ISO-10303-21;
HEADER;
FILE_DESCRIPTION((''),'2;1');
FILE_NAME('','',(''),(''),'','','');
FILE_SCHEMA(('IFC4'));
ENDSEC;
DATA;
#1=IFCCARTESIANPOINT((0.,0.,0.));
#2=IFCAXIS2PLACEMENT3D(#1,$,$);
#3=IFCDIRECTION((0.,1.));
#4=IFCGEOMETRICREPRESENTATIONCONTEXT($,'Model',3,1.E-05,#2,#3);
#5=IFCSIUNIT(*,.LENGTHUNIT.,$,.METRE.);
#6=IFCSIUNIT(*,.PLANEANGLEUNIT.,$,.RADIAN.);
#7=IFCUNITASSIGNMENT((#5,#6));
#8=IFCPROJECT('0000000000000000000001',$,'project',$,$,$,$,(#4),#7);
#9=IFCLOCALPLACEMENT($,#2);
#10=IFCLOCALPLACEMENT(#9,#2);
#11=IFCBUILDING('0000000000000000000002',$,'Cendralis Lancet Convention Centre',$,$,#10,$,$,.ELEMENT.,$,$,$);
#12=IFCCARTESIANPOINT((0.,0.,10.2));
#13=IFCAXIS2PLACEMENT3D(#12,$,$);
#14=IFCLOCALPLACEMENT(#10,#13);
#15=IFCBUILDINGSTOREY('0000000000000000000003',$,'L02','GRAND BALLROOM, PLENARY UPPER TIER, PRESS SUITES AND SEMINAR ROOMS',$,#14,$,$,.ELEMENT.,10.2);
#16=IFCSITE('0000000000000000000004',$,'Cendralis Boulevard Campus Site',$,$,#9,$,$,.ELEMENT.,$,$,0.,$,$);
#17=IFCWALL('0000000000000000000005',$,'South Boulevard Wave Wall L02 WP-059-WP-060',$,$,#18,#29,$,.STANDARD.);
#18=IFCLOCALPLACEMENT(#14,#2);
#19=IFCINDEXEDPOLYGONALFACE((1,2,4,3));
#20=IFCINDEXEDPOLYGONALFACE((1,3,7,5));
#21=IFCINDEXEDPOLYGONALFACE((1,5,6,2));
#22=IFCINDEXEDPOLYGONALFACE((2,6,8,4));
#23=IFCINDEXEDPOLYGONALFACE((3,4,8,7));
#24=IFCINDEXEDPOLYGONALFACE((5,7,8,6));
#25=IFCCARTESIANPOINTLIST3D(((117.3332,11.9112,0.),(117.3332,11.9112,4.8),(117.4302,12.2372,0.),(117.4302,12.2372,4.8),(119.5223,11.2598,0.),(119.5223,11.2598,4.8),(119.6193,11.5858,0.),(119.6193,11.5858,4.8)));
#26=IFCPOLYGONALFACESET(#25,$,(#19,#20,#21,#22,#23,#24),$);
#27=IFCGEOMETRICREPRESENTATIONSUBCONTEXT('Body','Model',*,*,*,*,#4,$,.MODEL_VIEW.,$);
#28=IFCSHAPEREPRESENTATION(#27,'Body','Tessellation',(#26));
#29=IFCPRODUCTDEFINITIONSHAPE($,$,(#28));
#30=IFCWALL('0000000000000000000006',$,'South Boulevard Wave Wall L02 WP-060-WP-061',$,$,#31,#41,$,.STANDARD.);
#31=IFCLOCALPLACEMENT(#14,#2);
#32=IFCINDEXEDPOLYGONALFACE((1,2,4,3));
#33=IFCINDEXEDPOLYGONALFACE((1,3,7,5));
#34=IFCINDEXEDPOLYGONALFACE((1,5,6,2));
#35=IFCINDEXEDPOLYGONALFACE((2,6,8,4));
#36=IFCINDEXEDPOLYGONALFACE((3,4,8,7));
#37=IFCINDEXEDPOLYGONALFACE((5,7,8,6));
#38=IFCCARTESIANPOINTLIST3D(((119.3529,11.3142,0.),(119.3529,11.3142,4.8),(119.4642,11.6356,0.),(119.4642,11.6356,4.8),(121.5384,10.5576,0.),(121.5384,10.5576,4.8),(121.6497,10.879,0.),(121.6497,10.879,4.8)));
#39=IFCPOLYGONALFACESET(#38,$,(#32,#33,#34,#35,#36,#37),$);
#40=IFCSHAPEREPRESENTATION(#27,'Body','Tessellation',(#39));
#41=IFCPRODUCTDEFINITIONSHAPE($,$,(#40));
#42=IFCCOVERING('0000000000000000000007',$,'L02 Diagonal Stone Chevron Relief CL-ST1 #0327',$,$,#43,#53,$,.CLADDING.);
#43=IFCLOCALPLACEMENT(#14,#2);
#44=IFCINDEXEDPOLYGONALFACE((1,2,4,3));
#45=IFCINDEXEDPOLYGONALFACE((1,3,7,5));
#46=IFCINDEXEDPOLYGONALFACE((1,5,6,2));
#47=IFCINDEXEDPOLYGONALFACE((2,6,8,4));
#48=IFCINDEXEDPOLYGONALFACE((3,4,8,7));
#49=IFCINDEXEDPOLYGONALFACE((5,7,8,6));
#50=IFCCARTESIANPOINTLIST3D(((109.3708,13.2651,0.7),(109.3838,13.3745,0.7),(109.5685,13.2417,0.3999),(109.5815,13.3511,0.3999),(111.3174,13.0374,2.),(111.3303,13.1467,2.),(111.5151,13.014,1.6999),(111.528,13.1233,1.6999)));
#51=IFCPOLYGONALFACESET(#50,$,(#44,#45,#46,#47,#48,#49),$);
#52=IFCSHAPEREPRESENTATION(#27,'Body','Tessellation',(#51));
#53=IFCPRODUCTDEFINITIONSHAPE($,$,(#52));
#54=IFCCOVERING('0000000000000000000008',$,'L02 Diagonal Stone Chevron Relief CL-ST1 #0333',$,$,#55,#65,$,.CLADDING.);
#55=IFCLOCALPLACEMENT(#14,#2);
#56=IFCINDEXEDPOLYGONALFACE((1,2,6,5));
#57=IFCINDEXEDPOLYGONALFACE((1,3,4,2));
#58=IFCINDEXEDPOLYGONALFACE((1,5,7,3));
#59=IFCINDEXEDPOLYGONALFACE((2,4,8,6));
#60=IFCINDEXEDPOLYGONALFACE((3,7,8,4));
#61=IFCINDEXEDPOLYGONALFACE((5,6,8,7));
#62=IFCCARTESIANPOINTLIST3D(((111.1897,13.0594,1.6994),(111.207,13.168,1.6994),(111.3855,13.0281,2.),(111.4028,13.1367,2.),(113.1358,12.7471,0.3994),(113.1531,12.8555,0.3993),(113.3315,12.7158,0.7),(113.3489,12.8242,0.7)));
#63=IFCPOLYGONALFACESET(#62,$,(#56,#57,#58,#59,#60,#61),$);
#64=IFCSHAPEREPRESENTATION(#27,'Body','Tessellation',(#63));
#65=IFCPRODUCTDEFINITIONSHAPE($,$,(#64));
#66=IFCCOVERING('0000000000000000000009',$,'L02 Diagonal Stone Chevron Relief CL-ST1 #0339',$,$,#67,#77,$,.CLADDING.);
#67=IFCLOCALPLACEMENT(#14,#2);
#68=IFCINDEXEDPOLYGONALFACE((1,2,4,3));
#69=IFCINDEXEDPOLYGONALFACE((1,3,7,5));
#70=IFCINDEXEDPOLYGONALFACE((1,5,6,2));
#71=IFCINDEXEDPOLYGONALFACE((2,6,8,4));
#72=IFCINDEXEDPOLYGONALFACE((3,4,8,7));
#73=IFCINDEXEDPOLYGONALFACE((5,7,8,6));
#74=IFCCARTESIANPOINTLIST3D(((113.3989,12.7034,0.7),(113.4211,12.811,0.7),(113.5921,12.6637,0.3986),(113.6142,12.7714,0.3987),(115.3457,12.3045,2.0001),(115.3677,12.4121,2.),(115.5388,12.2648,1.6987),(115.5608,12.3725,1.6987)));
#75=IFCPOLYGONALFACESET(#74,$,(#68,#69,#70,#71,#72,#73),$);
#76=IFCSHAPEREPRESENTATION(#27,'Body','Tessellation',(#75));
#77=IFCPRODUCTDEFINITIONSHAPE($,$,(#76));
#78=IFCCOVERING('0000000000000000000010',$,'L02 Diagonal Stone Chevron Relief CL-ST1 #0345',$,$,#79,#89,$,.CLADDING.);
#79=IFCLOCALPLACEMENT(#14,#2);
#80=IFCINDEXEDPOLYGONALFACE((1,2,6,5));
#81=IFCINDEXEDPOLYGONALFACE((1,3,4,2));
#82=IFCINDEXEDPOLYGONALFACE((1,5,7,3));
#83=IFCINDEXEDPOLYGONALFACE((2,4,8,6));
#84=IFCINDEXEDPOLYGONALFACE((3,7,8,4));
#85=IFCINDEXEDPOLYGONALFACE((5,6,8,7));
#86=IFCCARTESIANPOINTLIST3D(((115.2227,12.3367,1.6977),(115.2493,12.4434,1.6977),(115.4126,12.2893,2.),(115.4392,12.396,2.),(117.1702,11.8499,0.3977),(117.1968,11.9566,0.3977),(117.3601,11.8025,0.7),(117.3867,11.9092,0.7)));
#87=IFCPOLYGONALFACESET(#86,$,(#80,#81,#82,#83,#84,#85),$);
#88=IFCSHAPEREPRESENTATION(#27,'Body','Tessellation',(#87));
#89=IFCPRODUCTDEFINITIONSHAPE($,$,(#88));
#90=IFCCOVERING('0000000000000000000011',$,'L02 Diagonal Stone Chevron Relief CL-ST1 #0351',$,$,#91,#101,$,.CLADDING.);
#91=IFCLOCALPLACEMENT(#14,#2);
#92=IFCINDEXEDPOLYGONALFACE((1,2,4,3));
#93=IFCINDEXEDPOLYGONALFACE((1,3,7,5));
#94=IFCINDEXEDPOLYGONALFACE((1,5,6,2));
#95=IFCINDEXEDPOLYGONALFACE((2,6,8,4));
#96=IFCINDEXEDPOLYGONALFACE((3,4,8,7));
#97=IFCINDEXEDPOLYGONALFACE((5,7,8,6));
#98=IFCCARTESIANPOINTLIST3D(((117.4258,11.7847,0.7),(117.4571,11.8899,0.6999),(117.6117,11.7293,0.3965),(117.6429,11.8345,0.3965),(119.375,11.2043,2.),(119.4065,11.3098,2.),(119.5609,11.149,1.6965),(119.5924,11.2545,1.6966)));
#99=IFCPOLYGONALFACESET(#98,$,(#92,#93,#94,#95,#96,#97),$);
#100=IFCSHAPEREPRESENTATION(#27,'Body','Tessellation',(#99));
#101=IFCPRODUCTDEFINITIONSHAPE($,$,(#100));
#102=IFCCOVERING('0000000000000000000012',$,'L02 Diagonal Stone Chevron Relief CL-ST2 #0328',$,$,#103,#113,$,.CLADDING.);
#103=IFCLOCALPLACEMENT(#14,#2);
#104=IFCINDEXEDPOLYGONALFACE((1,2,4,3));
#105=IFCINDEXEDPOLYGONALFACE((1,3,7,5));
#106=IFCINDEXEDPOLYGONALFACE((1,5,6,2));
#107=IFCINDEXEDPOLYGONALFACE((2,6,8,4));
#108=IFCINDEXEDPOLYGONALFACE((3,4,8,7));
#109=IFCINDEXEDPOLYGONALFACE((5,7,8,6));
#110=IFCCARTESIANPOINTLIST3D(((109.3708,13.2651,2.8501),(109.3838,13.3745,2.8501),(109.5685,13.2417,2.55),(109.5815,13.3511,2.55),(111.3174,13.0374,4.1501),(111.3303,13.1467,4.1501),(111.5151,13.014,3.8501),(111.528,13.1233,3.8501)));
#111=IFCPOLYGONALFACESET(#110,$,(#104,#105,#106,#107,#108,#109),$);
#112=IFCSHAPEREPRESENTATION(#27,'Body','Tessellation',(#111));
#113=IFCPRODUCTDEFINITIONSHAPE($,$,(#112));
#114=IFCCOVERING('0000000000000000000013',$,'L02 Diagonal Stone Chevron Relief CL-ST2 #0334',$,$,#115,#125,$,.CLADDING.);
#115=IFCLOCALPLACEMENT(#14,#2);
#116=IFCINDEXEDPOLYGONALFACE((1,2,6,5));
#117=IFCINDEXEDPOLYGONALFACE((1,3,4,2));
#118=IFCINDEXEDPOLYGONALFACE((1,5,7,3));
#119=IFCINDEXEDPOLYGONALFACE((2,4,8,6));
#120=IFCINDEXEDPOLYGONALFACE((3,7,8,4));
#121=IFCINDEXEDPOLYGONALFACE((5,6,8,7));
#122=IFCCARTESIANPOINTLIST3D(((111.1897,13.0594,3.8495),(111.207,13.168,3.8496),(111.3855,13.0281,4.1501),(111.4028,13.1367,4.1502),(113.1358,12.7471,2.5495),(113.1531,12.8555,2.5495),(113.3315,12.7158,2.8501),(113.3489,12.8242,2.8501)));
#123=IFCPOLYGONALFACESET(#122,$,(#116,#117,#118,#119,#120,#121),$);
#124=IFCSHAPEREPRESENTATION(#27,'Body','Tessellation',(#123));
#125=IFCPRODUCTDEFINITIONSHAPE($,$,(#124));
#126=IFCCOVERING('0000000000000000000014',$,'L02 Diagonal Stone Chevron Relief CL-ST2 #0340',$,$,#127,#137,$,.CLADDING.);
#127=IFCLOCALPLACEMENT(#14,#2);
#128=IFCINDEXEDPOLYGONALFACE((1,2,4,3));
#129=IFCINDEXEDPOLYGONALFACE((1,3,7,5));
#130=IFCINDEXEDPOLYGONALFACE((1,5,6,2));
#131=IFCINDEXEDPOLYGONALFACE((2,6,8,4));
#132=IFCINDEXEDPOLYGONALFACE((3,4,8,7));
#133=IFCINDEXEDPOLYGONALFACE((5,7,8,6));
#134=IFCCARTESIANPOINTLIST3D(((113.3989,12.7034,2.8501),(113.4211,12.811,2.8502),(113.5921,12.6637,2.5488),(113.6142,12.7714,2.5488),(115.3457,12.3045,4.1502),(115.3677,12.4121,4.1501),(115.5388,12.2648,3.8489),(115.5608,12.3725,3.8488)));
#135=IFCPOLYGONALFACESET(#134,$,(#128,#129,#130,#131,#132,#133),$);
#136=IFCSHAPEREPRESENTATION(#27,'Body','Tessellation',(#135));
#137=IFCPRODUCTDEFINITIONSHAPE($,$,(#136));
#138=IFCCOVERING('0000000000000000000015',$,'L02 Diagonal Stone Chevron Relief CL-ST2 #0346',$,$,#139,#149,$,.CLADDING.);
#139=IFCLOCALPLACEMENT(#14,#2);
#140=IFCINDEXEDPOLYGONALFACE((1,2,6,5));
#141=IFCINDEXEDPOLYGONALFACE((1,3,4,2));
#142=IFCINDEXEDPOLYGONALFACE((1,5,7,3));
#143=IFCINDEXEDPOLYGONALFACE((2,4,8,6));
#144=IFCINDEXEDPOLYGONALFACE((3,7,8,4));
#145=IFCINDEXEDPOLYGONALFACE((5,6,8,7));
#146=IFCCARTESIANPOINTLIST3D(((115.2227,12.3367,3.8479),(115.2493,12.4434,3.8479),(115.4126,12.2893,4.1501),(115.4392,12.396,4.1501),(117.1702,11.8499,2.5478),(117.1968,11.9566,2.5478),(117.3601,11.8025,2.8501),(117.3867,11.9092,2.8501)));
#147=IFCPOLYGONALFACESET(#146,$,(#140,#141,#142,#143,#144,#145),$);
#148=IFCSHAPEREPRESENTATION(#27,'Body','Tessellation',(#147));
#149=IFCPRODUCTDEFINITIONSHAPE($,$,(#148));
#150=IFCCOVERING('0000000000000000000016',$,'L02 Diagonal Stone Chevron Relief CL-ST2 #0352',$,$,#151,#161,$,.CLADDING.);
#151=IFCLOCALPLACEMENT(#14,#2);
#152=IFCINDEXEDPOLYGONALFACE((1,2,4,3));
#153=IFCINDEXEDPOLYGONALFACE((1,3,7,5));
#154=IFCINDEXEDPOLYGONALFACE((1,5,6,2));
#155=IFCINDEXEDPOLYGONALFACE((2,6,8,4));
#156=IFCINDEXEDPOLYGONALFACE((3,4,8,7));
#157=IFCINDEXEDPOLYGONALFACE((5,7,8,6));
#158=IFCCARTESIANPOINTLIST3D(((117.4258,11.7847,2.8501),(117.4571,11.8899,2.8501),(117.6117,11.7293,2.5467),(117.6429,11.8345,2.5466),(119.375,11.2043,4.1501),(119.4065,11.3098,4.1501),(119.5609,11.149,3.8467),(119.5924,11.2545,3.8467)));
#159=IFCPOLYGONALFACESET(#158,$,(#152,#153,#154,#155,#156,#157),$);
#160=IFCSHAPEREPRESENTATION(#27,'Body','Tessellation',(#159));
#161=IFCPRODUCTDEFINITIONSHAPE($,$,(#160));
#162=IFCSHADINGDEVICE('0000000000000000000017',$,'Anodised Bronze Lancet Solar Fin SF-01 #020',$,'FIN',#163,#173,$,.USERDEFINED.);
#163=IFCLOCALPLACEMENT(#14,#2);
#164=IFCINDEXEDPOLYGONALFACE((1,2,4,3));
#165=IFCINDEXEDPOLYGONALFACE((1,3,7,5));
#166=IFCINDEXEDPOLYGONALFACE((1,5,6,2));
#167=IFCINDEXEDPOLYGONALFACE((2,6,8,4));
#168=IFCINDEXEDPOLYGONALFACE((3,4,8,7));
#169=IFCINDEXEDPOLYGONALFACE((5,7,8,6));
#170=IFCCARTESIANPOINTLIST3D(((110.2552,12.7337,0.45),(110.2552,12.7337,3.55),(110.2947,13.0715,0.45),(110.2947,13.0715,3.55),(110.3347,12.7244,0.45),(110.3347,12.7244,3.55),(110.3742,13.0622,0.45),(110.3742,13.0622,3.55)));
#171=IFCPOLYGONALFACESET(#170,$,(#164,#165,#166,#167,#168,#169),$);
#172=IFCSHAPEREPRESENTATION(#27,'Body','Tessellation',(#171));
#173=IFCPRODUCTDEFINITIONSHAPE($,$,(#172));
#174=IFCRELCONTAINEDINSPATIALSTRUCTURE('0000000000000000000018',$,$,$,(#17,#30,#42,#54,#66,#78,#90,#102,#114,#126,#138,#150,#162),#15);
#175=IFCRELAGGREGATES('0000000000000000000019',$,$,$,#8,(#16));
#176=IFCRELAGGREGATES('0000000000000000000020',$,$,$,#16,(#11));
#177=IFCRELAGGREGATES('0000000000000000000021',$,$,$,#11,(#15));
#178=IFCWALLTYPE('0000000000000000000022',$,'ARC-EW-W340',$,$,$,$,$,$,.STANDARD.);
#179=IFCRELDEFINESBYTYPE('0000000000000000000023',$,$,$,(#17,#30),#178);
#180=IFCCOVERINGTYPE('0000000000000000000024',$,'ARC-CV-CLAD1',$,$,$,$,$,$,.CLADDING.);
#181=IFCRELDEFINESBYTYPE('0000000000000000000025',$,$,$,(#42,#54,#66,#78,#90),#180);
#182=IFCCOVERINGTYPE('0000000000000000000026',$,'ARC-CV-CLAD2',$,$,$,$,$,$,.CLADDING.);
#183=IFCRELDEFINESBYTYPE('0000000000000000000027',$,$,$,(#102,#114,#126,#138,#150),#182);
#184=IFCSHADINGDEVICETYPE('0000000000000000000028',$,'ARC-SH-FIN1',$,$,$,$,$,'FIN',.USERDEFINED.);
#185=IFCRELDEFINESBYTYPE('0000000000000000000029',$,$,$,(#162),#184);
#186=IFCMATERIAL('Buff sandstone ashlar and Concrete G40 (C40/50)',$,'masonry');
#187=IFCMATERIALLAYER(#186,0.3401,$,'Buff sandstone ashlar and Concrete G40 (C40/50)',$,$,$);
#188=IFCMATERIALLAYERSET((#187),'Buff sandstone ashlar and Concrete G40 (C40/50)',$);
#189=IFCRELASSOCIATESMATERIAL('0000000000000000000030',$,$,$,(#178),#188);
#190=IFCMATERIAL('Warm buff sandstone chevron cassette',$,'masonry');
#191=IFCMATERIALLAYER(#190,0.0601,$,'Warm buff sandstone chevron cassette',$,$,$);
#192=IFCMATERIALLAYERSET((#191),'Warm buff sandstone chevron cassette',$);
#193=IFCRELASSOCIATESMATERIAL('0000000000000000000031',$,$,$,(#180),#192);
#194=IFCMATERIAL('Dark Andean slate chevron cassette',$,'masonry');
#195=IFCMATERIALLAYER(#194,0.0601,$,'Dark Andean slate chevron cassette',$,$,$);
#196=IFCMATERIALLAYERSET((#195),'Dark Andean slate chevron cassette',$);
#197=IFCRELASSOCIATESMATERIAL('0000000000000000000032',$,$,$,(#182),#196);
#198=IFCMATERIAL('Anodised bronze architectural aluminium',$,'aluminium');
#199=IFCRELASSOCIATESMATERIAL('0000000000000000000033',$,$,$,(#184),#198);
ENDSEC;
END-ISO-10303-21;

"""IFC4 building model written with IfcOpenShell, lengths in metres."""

from ifc_helpers import new_model, si_unit, direction, frame, frame_2d, origin, origin_2d, place, context, subcontext, project, spatial, polyline, rectangle, outline, extrude, material, layer, layer_set, type_object, element, save


model = new_model("IFC4")

# Units and contexts
model_context = context("Model", 3, precision=1e-05, world=origin(), true_north=direction((0.0, 1.0)))
body_context = subcontext(model_context, "Body", "Model", "MODEL_VIEW")
ifc_project = project(units=[si_unit("LENGTHUNIT", "METRE"), si_unit("PLANEANGLEUNIT", "RADIAN")], contexts=[model_context])

# Site, building, storey
site_placement = place(None, origin())
site = spatial("IfcSite", under=ifc_project, at=site_placement, Name="Cendralis Boulevard Campus Site", CompositionType="ELEMENT", RefElevation=0.0)
building_placement = place(site_placement, origin())
building = spatial("IfcBuilding", under=site, at=building_placement, Name="Cendralis Lancet Convention Centre", CompositionType="ELEMENT")
storey_placement = place(building_placement, frame((0.0, 0.0, 10.2)))
storey = spatial("IfcBuildingStorey", under=building, at=storey_placement, Name="L02", Description="GRAND BALLROOM, PLENARY UPPER TIER, PRESS SUITES AND SEMINAR ROOMS", CompositionType="ELEMENT", Elevation=10.2)

# Shared definitions
ifc_material_1 = material(Name="Warm buff sandstone chevron cassette", Category="masonry")
ifc_material_2 = material(Name="Dark Andean slate chevron cassette", Category="masonry")

# Walls
ifc_material_3 = material(Name="Buff sandstone ashlar and Concrete G40 (C40/50)", Category="masonry")
ifc_layer_1 = layer(ifc_material_3, 0.3401, Name="Buff sandstone ashlar and Concrete G40 (C40/50)")
ifc_layer_set_1 = layer_set([ifc_layer_1], Name="Buff sandstone ashlar and Concrete G40 (C40/50)")
wall_type = type_object("IfcWallType", Name="ARC-EW-W340", PredefinedType="STANDARD", material=ifc_layer_set_1)
wall_1_placement = place(storey_placement, frame((117.3816, 12.0742, 0.0), z_axis=(0.0, 0.0, 1.0), x_axis=(0.958465, -0.285209, 0.0)))
element("IfcWall", 1, at=wall_1_placement, inside=storey, type_object=wall_type, Name="South Boulevard Wave Wall L02 WP-059-WP-060", PredefinedType="STANDARD", context=body_context, shape_type="SweptSolid", body=[
    extrude(rectangle(XDim=2.2839, YDim=0.3401, at=frame_2d((1.1421, 0.0))), origin(), (0.0, 0.0, 1.0), 4.8),
])
wall_2_placement = place(storey_placement, frame((119.4087, 11.4749, 0.0), z_axis=(0.0, 0.0, 1.0), x_axis=(0.944979, -0.327132, 0.0)))
element("IfcWall", 2, at=wall_2_placement, inside=storey, type_object=wall_type, Name="South Boulevard Wave Wall L02 WP-060-WP-061", PredefinedType="STANDARD", context=body_context, shape_type="SweptSolid", body=[
    extrude(rectangle(XDim=2.3127, YDim=0.3401, at=frame_2d((1.1562, 0.0))), origin(), (0.0, 0.0, 1.0), 4.8),
])

# Coverings
ifc_layer_2 = layer(ifc_material_1, 0.0601, Name="Warm buff sandstone chevron cassette")
ifc_layer_set_2 = layer_set([ifc_layer_2], Name="Warm buff sandstone chevron cassette")
covering_type_1 = type_object("IfcCoveringType", Name="ARC-CV-CLAD1", PredefinedType="CLADDING", material=ifc_layer_set_2)
covering_1_placement = place(storey_placement, frame((109.3708, 13.2651, 0.7), z_axis=(-0.548959, 0.064944, 0.833322), x_axis=(0.827675, -0.096854, 0.552787)))
element("IfcCovering", 3, at=covering_1_placement, inside=storey, type_object=covering_type_1, Name="L02 Diagonal Stone Chevron Relief CL-ST1 #0327", PredefinedType="CLADDING", context=body_context, shape_type="SweptSolid", body=[
    extrude(outline(polyline([(0.0, 0.0), (2.3518, 0.0), (2.3519, 0.1101), (0.0001, 0.1101), (0.0, 0.0)])), origin(), (0.0, 0.0, -1.0), 0.3601),
])
covering_2_placement = place(storey_placement, frame((111.3855, 13.0281, 2.0), z_axis=(0.543719, -0.086848, 0.834762), x_axis=(0.824219, -0.132251, -0.550611)))
element("IfcCovering", 4, at=covering_2_placement, inside=storey, type_object=covering_type_1, Name="L02 Diagonal Stone Chevron Relief CL-ST1 #0333", PredefinedType="CLADDING", context=body_context, shape_type="SweptSolid", body=[
    extrude(outline(polyline([(0.0, 0.0), (2.3611, 0.0), (2.361, 0.1098), (-0.0001, 0.11), (0.0, 0.0)])), origin(), (0.0, 0.0, -1.0), 0.3601),
])
covering_3_placement = place(storey_placement, frame((113.3989, 12.7034, 0.7), z_axis=(-0.536304, 0.110058, 0.836818), x_axis=(0.819784, -0.167987, 0.547481)))
element("IfcCovering", 5, at=covering_3_placement, inside=storey, type_object=covering_type_1, Name="L02 Diagonal Stone Chevron Relief CL-ST1 #0339", PredefinedType="CLADDING", context=body_context, shape_type="SweptSolid", body=[
    extrude(outline(polyline([(0.0, 0.0), (2.3747, 0.0), (2.3746, 0.1099), (0.0001, 0.1099), (0.0, 0.0)])), origin(), (0.0, 0.0, -1.0), 0.3601),
])
covering_4_placement = place(storey_placement, frame((115.4126, 12.2893, 2.0), z_axis=(0.527423, -0.131554, 0.839356), x_axis=(0.814301, -0.20355, -0.543582)))
element("IfcCovering", 6, at=covering_4_placement, inside=storey, type_object=covering_type_1, Name="L02 Diagonal Stone Chevron Relief CL-ST1 #0345", PredefinedType="CLADDING", context=body_context, shape_type="SweptSolid", body=[
    extrude(outline(polyline([(0.0, 0.0), (2.3916, 0.0), (2.3916, 0.11), (0.0, 0.11), (0.0, 0.0)])), origin(), (0.0, 0.0, -1.0), 0.3601),
])
covering_5_placement = place(storey_placement, frame((117.4258, 11.7847, 0.7), z_axis=(-0.516176, 0.153716, 0.842576), x_axis=(0.807546, -0.240423, 0.538578)))
element("IfcCovering", 7, at=covering_5_placement, inside=storey, type_object=covering_type_1, Name="L02 Diagonal Stone Chevron Relief CL-ST1 #0351", PredefinedType="CLADDING", context=body_context, shape_type="SweptSolid", body=[
    extrude(outline(polyline([(0.0, 0.0), (2.4138, 0.0), (2.4139, 0.1101), (-0.0001, 0.1098), (0.0, 0.0)])), origin(), (0.0, 0.0, -1.0), 0.3601),
])
ifc_layer_3 = layer(ifc_material_2, 0.0601, Name="Dark Andean slate chevron cassette")
ifc_layer_set_3 = layer_set([ifc_layer_3], Name="Dark Andean slate chevron cassette")
covering_type_2 = type_object("IfcCoveringType", Name="ARC-CV-CLAD2", PredefinedType="CLADDING", material=ifc_layer_set_3)
covering_6_placement = place(storey_placement, frame((109.3708, 13.2651, 2.8501), z_axis=(-0.548959, 0.064944, 0.833322), x_axis=(0.827675, -0.096854, 0.552787)))
element("IfcCovering", 8, at=covering_6_placement, inside=storey, type_object=covering_type_2, Name="L02 Diagonal Stone Chevron Relief CL-ST2 #0328", PredefinedType="CLADDING", context=body_context, shape_type="SweptSolid", body=[
    extrude(outline(polyline([(0.0, 0.0), (2.3518, 0.0), (2.3519, 0.1101), (0.0001, 0.1101), (0.0, 0.0)])), origin(), (0.0, 0.0, -1.0), 0.3601),
])
covering_7_placement = place(storey_placement, frame((111.3855, 13.0281, 4.1501), z_axis=(0.543719, -0.086848, 0.834762), x_axis=(0.824219, -0.132251, -0.550611)))
element("IfcCovering", 9, at=covering_7_placement, inside=storey, type_object=covering_type_2, Name="L02 Diagonal Stone Chevron Relief CL-ST2 #0334", PredefinedType="CLADDING", context=body_context, shape_type="SweptSolid", body=[
    extrude(outline(polyline([(0.0, 0.0), (2.3611, 0.0), (2.361, 0.1098), (-0.0001, 0.11), (0.0, 0.0)])), origin(), (0.0, 0.0, -1.0), 0.3601),
])
covering_8_placement = place(storey_placement, frame((113.3989, 12.7034, 2.8501), z_axis=(-0.536304, 0.110058, 0.836818), x_axis=(0.819784, -0.167987, 0.547481)))
element("IfcCovering", 10, at=covering_8_placement, inside=storey, type_object=covering_type_2, Name="L02 Diagonal Stone Chevron Relief CL-ST2 #0340", PredefinedType="CLADDING", context=body_context, shape_type="SweptSolid", body=[
    extrude(outline(polyline([(0.0, 0.0), (2.3747, 0.0), (2.3746, 0.1099), (0.0001, 0.1099), (0.0, 0.0)])), origin(), (0.0, 0.0, -1.0), 0.3601),
])
covering_9_placement = place(storey_placement, frame((115.4126, 12.2893, 4.1501), z_axis=(0.527423, -0.131554, 0.839356), x_axis=(0.814301, -0.20355, -0.543582)))
element("IfcCovering", 11, at=covering_9_placement, inside=storey, type_object=covering_type_2, Name="L02 Diagonal Stone Chevron Relief CL-ST2 #0346", PredefinedType="CLADDING", context=body_context, shape_type="SweptSolid", body=[
    extrude(outline(polyline([(0.0, 0.0), (2.3916, 0.0), (2.3916, 0.11), (0.0, 0.11), (0.0, 0.0)])), origin(), (0.0, 0.0, -1.0), 0.3601),
])
covering_10_placement = place(storey_placement, frame((117.4258, 11.7847, 2.8501), z_axis=(-0.516176, 0.153716, 0.842576), x_axis=(0.807546, -0.240423, 0.538578)))
element("IfcCovering", 12, at=covering_10_placement, inside=storey, type_object=covering_type_2, Name="L02 Diagonal Stone Chevron Relief CL-ST2 #0352", PredefinedType="CLADDING", context=body_context, shape_type="SweptSolid", body=[
    extrude(outline(polyline([(0.0, 0.0), (2.4138, 0.0), (2.4139, 0.1101), (-0.0001, 0.1098), (0.0, 0.0)])), origin(), (0.0, 0.0, -1.0), 0.3601),
])

# Shading device
ifc_material_4 = material(Name="Anodised bronze architectural aluminium", Category="aluminium")
shading_device_type = type_object("IfcShadingDeviceType", Name="ARC-SH-FIN1", ElementType="FIN", PredefinedType="USERDEFINED", material=ifc_material_4)
shading_device_placement = place(storey_placement, frame((110.3147, 12.8979, 0.45), z_axis=(0.0, 0.0, 1.0), x_axis=(0.993228, -0.116185, 0.0)))
element("IfcShadingDevice", 13, at=shading_device_placement, inside=storey, type_object=shading_device_type, Name="Anodised Bronze Lancet Solar Fin SF-01 #020", ObjectType="FIN", PredefinedType="USERDEFINED", context=body_context, shape_type="SweptSolid", body=[
    extrude(rectangle(XDim=0.0801, YDim=0.3401, at=origin_2d()), origin(), (0.0, 0.0, 1.0), 3.1001),
])

save(model, "model.ifc")
